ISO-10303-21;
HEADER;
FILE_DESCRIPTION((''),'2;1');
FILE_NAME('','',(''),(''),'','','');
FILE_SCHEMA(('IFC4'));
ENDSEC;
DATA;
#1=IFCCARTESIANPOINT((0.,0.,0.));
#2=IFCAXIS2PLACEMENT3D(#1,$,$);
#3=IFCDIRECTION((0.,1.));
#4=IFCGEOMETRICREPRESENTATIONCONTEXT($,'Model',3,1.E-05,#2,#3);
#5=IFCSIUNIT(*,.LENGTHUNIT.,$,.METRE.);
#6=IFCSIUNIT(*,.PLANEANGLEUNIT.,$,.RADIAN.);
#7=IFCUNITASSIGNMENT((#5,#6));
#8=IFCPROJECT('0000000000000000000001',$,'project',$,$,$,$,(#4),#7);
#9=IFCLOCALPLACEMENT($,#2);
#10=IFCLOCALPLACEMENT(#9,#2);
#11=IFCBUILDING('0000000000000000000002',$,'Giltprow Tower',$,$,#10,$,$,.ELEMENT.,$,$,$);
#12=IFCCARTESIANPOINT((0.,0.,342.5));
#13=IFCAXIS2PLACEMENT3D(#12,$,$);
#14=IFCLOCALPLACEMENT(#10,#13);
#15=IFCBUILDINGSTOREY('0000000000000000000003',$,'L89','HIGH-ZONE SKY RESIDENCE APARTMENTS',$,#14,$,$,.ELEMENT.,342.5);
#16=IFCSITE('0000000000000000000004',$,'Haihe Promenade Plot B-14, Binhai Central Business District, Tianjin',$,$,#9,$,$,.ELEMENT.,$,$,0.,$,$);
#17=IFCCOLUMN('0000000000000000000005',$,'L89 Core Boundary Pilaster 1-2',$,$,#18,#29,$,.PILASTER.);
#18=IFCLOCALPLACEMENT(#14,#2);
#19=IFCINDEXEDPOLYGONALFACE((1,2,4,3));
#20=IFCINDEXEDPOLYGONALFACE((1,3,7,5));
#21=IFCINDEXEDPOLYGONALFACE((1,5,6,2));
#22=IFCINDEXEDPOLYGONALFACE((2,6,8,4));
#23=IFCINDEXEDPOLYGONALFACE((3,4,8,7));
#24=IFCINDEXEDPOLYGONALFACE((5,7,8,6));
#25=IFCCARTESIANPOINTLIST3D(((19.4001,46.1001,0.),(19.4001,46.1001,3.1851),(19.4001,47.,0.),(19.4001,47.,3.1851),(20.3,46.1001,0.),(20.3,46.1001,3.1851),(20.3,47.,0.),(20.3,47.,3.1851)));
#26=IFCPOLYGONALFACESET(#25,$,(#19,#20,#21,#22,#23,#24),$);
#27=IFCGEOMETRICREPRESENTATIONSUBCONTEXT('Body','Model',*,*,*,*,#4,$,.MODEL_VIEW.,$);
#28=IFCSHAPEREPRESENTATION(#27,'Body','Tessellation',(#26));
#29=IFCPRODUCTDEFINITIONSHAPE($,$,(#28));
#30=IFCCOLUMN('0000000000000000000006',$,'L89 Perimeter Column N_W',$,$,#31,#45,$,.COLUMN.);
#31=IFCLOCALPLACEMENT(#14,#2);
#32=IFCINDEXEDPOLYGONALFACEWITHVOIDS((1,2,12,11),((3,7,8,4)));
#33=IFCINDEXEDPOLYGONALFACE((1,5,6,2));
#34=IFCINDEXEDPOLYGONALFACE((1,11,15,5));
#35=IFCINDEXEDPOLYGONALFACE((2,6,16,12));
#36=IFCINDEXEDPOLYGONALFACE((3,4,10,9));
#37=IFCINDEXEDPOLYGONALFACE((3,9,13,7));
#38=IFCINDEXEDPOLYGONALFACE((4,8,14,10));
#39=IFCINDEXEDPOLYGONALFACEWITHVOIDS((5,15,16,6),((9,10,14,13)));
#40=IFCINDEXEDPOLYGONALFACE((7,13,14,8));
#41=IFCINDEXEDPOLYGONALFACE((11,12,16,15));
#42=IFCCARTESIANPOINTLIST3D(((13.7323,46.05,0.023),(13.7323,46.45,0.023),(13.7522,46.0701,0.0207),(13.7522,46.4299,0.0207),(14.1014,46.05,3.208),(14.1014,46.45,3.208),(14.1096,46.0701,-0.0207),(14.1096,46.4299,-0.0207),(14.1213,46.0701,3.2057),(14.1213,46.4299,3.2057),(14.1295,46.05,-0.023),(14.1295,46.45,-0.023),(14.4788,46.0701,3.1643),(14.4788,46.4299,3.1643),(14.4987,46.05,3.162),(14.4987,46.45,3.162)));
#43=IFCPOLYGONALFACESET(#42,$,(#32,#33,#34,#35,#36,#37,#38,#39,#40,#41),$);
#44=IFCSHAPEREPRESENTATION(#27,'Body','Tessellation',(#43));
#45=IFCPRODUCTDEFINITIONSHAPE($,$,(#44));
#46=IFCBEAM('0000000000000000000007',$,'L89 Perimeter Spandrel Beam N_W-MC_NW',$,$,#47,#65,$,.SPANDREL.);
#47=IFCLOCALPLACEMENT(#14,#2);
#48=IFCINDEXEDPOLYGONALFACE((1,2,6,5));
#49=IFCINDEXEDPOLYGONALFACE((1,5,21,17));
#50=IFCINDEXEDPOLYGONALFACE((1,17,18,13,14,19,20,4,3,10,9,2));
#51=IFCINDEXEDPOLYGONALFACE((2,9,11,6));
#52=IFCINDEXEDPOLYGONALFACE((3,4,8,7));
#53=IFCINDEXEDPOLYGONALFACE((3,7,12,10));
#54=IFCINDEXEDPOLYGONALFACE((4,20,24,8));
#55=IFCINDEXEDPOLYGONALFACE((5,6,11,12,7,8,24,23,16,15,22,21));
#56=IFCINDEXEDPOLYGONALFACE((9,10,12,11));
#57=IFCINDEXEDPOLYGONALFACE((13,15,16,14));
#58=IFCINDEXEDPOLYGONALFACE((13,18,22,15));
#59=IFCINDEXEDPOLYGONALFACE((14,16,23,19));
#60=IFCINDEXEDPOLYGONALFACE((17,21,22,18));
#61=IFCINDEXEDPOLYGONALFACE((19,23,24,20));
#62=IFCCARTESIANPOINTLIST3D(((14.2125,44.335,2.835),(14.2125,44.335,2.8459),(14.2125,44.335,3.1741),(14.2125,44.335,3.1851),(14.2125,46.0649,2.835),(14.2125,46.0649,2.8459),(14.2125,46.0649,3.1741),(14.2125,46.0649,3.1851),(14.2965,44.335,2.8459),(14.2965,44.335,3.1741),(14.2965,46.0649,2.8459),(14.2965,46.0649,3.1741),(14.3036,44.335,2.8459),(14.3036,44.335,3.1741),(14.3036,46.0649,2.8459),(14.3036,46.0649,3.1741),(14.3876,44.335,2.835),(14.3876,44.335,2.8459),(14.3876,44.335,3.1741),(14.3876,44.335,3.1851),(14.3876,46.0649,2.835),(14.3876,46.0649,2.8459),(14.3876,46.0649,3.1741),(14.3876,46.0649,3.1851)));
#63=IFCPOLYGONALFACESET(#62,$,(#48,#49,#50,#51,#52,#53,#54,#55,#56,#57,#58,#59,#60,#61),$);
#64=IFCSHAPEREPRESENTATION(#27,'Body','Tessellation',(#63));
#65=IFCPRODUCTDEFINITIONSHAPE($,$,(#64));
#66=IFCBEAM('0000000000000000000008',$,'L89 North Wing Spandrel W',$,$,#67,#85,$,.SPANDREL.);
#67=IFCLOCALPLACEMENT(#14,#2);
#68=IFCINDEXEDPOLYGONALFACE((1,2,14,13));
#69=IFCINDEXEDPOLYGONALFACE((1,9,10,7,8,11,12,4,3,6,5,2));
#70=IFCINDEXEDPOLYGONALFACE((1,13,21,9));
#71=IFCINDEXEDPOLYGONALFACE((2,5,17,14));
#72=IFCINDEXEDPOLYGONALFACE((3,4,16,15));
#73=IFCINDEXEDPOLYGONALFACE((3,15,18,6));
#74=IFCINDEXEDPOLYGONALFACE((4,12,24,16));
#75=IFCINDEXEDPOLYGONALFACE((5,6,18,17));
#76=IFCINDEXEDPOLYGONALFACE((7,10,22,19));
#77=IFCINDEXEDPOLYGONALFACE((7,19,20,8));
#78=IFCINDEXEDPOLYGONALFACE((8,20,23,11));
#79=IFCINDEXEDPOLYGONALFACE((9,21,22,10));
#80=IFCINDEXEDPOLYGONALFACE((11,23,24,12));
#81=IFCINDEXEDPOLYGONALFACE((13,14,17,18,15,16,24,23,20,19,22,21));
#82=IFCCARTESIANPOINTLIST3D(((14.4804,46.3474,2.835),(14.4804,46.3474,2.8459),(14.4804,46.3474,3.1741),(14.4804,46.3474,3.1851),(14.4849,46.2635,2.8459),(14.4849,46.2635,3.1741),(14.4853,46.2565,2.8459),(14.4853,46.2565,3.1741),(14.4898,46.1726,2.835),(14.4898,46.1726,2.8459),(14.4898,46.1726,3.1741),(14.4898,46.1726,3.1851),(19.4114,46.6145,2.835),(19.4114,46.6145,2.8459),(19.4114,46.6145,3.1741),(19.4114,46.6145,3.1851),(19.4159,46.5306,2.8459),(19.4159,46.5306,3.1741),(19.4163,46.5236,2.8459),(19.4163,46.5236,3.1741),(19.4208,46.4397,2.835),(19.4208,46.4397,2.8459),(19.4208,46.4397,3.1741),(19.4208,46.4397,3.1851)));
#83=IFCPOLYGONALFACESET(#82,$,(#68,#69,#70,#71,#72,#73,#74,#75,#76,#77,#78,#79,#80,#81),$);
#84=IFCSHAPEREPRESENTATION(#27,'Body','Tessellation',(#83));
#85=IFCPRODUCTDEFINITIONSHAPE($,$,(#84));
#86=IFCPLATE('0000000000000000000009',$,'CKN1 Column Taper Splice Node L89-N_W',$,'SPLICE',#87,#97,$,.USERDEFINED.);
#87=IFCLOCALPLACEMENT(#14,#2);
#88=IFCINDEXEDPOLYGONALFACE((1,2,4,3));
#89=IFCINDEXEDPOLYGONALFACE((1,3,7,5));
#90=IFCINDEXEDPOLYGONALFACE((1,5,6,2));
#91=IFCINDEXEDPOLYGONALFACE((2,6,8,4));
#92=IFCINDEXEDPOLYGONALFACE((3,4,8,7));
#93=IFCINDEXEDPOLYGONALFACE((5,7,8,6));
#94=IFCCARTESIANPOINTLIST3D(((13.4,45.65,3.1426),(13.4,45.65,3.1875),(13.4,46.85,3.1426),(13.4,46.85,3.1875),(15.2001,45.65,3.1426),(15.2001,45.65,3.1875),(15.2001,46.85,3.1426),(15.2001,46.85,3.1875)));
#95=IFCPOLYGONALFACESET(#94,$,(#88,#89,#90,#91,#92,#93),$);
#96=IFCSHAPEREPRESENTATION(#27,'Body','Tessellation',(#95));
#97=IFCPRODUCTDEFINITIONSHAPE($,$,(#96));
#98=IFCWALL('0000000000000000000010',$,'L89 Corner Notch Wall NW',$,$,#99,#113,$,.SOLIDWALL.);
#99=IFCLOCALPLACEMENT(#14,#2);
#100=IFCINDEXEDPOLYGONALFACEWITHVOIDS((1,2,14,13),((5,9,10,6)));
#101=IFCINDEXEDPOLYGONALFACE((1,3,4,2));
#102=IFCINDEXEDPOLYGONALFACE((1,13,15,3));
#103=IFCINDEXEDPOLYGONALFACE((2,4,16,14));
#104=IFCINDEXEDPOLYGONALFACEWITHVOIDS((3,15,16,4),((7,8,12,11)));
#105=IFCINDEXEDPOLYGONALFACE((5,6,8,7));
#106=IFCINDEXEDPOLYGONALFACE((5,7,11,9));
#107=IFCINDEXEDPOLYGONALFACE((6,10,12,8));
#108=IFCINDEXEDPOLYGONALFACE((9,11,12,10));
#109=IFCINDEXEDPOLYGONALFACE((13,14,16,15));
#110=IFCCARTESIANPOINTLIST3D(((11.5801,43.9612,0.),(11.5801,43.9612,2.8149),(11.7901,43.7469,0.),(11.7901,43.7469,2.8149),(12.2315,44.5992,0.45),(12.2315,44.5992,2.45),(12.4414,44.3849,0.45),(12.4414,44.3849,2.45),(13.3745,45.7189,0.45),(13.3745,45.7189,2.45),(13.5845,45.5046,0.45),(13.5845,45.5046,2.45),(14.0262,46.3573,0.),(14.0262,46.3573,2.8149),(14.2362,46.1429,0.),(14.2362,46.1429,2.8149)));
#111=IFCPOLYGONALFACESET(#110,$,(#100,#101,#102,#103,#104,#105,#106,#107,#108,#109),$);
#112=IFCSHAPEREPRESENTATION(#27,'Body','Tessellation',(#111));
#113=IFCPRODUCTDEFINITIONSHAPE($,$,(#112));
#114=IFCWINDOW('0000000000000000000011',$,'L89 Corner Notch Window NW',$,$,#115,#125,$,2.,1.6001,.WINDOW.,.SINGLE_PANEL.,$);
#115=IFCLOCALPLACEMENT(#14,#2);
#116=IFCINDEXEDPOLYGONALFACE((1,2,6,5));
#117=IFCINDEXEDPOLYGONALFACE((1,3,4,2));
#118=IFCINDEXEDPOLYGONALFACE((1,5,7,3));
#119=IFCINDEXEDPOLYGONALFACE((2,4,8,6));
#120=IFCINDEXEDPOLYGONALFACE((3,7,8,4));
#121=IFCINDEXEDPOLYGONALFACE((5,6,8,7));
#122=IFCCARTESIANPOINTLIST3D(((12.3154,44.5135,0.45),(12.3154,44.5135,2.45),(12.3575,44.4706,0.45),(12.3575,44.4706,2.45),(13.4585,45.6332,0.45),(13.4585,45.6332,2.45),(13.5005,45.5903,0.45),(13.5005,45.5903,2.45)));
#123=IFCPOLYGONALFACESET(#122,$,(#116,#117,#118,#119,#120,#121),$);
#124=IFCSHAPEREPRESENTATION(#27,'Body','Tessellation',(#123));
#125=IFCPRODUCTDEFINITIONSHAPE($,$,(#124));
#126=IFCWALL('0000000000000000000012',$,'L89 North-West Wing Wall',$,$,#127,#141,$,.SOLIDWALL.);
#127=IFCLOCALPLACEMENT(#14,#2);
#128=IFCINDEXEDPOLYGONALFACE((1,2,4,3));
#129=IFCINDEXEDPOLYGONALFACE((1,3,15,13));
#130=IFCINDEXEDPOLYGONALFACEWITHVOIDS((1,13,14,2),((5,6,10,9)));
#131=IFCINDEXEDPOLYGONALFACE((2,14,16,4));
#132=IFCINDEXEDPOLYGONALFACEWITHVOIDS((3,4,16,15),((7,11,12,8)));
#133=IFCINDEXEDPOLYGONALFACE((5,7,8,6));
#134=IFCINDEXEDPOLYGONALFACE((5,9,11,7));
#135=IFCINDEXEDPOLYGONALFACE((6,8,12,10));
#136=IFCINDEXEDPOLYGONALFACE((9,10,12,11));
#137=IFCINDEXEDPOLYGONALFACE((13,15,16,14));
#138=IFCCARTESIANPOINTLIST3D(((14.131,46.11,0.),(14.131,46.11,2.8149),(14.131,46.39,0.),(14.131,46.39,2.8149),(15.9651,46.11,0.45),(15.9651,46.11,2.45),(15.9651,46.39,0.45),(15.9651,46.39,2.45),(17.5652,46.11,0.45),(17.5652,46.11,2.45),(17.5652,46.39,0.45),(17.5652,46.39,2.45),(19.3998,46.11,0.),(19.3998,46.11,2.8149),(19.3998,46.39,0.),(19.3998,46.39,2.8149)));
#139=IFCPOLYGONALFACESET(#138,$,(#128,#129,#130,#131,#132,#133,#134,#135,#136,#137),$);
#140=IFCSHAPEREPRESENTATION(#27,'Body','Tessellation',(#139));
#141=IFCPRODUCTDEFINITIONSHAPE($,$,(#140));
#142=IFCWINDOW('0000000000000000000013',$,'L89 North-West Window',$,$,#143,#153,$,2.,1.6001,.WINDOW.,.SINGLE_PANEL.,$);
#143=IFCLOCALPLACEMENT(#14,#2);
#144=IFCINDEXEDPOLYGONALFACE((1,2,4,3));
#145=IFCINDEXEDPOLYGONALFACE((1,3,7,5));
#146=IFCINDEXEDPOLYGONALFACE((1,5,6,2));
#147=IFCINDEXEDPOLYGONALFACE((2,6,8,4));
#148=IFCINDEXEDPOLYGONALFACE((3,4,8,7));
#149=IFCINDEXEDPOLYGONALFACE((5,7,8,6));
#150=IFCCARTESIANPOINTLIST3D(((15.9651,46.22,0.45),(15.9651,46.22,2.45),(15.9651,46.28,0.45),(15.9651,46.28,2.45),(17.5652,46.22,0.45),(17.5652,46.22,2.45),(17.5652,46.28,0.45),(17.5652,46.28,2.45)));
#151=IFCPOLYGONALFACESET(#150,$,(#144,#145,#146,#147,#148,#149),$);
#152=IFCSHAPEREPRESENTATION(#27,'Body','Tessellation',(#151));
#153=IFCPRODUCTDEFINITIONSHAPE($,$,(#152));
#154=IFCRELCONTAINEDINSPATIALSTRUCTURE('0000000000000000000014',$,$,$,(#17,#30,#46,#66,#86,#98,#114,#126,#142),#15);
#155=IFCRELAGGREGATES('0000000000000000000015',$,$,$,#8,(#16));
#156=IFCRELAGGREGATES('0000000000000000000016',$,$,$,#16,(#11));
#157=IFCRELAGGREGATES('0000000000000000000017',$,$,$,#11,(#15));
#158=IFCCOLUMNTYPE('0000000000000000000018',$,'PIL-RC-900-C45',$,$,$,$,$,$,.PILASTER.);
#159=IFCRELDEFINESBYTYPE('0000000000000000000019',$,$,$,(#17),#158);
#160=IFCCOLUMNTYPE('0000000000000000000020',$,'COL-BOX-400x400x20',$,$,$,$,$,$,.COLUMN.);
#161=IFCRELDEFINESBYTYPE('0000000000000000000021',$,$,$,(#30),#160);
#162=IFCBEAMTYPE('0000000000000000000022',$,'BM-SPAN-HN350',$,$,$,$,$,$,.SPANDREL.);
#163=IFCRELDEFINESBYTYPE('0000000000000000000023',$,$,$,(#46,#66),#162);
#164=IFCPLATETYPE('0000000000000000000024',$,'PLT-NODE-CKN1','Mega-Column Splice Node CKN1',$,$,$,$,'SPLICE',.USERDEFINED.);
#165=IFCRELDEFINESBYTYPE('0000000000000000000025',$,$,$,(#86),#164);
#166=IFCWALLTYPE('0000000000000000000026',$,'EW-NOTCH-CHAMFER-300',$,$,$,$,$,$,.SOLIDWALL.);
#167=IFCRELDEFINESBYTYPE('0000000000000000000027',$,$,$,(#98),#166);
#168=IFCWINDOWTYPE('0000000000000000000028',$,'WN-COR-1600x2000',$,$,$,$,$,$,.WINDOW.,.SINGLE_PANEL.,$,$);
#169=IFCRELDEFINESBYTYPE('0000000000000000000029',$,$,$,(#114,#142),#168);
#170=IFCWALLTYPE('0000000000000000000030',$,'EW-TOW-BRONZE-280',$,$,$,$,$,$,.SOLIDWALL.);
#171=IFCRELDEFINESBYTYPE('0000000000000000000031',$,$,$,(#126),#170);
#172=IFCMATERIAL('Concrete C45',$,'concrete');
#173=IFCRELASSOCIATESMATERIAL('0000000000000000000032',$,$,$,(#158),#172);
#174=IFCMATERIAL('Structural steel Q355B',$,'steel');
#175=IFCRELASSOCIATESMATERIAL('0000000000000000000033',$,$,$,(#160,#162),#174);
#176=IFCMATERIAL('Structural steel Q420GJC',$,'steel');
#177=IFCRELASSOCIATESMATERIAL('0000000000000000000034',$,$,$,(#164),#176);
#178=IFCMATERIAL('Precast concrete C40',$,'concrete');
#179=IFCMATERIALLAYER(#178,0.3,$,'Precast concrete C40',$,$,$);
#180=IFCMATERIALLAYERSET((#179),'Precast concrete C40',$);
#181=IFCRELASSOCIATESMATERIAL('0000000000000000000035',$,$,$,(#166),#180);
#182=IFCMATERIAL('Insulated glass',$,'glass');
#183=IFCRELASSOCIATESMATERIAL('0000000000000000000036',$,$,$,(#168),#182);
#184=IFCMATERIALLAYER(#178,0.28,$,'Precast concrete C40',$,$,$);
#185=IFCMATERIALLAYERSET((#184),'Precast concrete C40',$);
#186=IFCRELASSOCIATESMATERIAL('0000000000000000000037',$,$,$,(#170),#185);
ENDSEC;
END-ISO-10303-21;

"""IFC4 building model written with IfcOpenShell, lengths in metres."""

from ifc_helpers import new_model, si_unit, direction, frame, frame_2d, origin, origin_2d, place, context, subcontext, project, spatial, rectangle, hollow_rectangle, i_section, extrude, source, transform, mapped, material, layer, layer_set, material_profile, profile_set, type_object, element, fill, save


model = new_model("IFC4")

# Units and contexts
model_context = context("Model", 3, precision=1e-05, world=origin(), true_north=direction((0.0, 1.0)))
body_context = subcontext(model_context, "Body", "Model", "MODEL_VIEW")
ifc_project = project(units=[si_unit("LENGTHUNIT", "METRE"), si_unit("PLANEANGLEUNIT", "RADIAN")], contexts=[model_context])

# Site, building, storey
site_placement = place(None, origin())
site = spatial("IfcSite", under=ifc_project, at=site_placement, Name="Haihe Promenade Plot B-14, Binhai Central Business District, Tianjin", CompositionType="ELEMENT", RefElevation=0.0)
building_placement = place(site_placement, origin())
building = spatial("IfcBuilding", under=site, at=building_placement, Name="Giltprow Tower", CompositionType="ELEMENT")
storey_placement = place(building_placement, frame((0.0, 0.0, 342.5)))
storey = spatial("IfcBuildingStorey", under=building, at=storey_placement, Name="L89", Description="HIGH-ZONE SKY RESIDENCE APARTMENTS", CompositionType="ELEMENT", Elevation=342.5)

# Columns
ifc_material_1 = material(Name="Concrete C45", Category="concrete")
ifc_material_profile_1 = material_profile(ifc_material_1, rectangle(XDim=0.8999, YDim=0.8999, at=origin_2d()), Name="RC 900x900")
ifc_profile_set_1 = profile_set([ifc_material_profile_1], Name="Concrete C45")
column_type_1 = type_object("IfcColumnType", Name="PIL-RC-900-C45", PredefinedType="PILASTER", material=ifc_profile_set_1)
shared_shape_1 = source(origin(), body_context, "Body", "SweptSolid", [
    extrude(rectangle(XDim=0.8999, YDim=0.8999, at=origin_2d()), origin(), (0.0, 0.0, 1.0), 3.1851),
])
column_1_placement = place(storey_placement, frame((19.8501, 46.55, 0.0), z_axis=(0.0, 0.0, 1.0), x_axis=(1.0, 0.0, 0.0)))
element("IfcColumn", 1, at=column_1_placement, inside=storey, type_object=column_type_1, Name="L89 Core Boundary Pilaster 1-2", PredefinedType="PILASTER", context=body_context, shape_type="MappedRepresentation", body=[
    mapped(shared_shape_1, transform((0.0, 0.0, 0.0), x_axis=(1.0, 0.0, 0.0), y_axis=(0.0, 1.0, 0.0), z_axis=(0.0, 0.0, 1.0), scale=1.0)),
])
ifc_material_2 = material(Name="Structural steel Q355B", Category="steel")
ifc_material_profile_2 = material_profile(ifc_material_2, hollow_rectangle(XDim=0.3999, YDim=0.3999, WallThickness=0.02, at=origin_2d()), Name="BOX 400x400x20")
ifc_profile_set_2 = profile_set([ifc_material_profile_2], Name="Structural steel Q355B")
column_type_2 = type_object("IfcColumnType", Name="COL-BOX-400x400x20", PredefinedType="COLUMN", material=ifc_profile_set_2)
shared_shape_2 = source(origin(), body_context, "Body", "SweptSolid", [
    extrude(hollow_rectangle(XDim=0.3999, YDim=0.3999, WallThickness=0.02, at=origin_2d()), origin(), (0.0, 0.0, 1.0), 3.2063),
])
column_2_placement = place(storey_placement, frame((13.9309, 46.25, 0.0), z_axis=(0.115127, 0.0, 0.993351), x_axis=(0.0, 1.0, 0.0)))
element("IfcColumn", 2, at=column_2_placement, inside=storey, type_object=column_type_2, Name="L89 Perimeter Column N_W", PredefinedType="COLUMN", context=body_context, shape_type="MappedRepresentation", body=[
    mapped(shared_shape_2, transform((0.0, 0.0, 0.0), x_axis=(1.0, 0.0, 0.0), y_axis=(0.0, 1.0, 0.0), z_axis=(0.0, 0.0, 1.0), scale=1.0)),
])

# Beams
ifc_material_profile_3 = material_profile(ifc_material_2, i_section(OverallWidth=0.175, OverallDepth=0.3501, WebThickness=0.0071, FlangeThickness=0.011, at=origin_2d()), Name="HN 350x175x7x11")
ifc_profile_set_3 = profile_set([ifc_material_profile_3], Name="Structural steel Q355B")
beam_type = type_object("IfcBeamType", Name="BM-SPAN-HN350", PredefinedType="SPANDREL", material=ifc_profile_set_3)
shared_shape_3 = source(origin(), body_context, "Body", "SweptSolid", [
    extrude(i_section(OverallWidth=0.175, OverallDepth=0.3501, WebThickness=0.0071, FlangeThickness=0.011, at=origin_2d()), origin(), (0.0, 0.0, 1.0), 1.73),
])
beam_1_placement = place(storey_placement, frame((14.3, 46.0649, 3.01), z_axis=(0.0, -1.0, 0.0), x_axis=(1.0, 0.0, 0.0)))
element("IfcBeam", 3, at=beam_1_placement, inside=storey, type_object=beam_type, Name="L89 Perimeter Spandrel Beam N_W-MC_NW", PredefinedType="SPANDREL", context=body_context, shape_type="MappedRepresentation", body=[
    mapped(shared_shape_3, transform((0.0, 0.0, 0.0), x_axis=(1.0, 0.0, 0.0), y_axis=(0.0, 1.0, 0.0), z_axis=(0.0, 0.0, 1.0), scale=1.0)),
])
shared_shape_4 = source(origin(), body_context, "Body", "SweptSolid", [
    extrude(i_section(OverallWidth=0.175, OverallDepth=0.3501, WebThickness=0.0071, FlangeThickness=0.011, at=origin_2d()), origin(), (0.0, 0.0, 1.0), 4.9382),
])
beam_2_placement = place(storey_placement, frame((14.4851, 46.26, 3.01), z_axis=(0.998536, 0.054087, 0.0), x_axis=(-0.054087, 0.998536, 0.0)))
element("IfcBeam", 4, at=beam_2_placement, inside=storey, type_object=beam_type, Name="L89 North Wing Spandrel W", PredefinedType="SPANDREL", context=body_context, shape_type="MappedRepresentation", body=[
    mapped(shared_shape_4, transform((0.0, 0.0, 0.0), x_axis=(1.0, 0.0, 0.0), y_axis=(0.0, 1.0, 0.0), z_axis=(0.0, 0.0, 1.0), scale=1.0)),
])

# Plate
ifc_material_3 = material(Name="Structural steel Q420GJC", Category="steel")
plate_type = type_object("IfcPlateType", Name="PLT-NODE-CKN1", Description="Mega-Column Splice Node CKN1", ElementType="SPLICE", PredefinedType="USERDEFINED", material=ifc_material_3)
shared_shape_5 = source(origin(), body_context, "Body", "SweptSolid", [
    extrude(rectangle(XDim=1.8, YDim=1.2, at=origin_2d()), origin(), (0.0, 0.0, 1.0), 0.0449),
])
plate_placement = place(storey_placement, frame((14.3, 46.25, 3.1426), z_axis=(0.0, 0.0, 1.0), x_axis=(1.0, 0.0, 0.0)))
element("IfcPlate", 5, at=plate_placement, inside=storey, type_object=plate_type, Name="CKN1 Column Taper Splice Node L89-N_W", ObjectType="SPLICE", PredefinedType="USERDEFINED", context=body_context, shape_type="MappedRepresentation", body=[
    mapped(shared_shape_5, transform((0.0, 0.0, 0.0), x_axis=(1.0, 0.0, 0.0), y_axis=(0.0, 1.0, 0.0), z_axis=(0.0, 0.0, 1.0), scale=1.0)),
])

# Walls, openings, windows
ifc_material_4 = material(Name="Precast concrete C40", Category="concrete")
ifc_layer_1 = layer(ifc_material_4, 0.3, Name="Precast concrete C40")
ifc_layer_set_1 = layer_set([ifc_layer_1], Name="Precast concrete C40")
wall_type_1 = type_object("IfcWallType", Name="EW-NOTCH-CHAMFER-300", PredefinedType="SOLIDWALL", material=ifc_layer_set_1)
wall_1_placement = place(storey_placement, frame((14.1311, 46.25, 0.0), z_axis=(0.0, 0.0, 1.0), x_axis=(-0.714377, -0.699761, 0.0)))
wall_1 = element("IfcWall", 6, at=wall_1_placement, inside=storey, type_object=wall_type_1, Name="L89 Corner Notch Wall NW", PredefinedType="SOLIDWALL", context=body_context, shape_type="SweptSolid", body=[
    extrude(rectangle(XDim=3.4241, YDim=0.3, at=frame_2d((1.7119, 0.0))), origin(), (0.0, 0.0, 1.0), 2.8149),
])
opening_1_placement = place(wall_1_placement, frame((0.9121, 0.0, 0.45)))
opening_1 = element("IfcOpeningElement", 7, at=opening_1_placement, cuts=wall_1, PredefinedType="OPENING", context=body_context, shape_type="SweptSolid", body=[
    extrude(rectangle(XDim=1.6001, YDim=2.0, at=frame_2d((0.8, 1.0))), frame((0.0, 0.1599, 0.0), z_axis=(0.0, -1.0, 0.0), x_axis=(1.0, 0.0, 0.0)), (0.0, 0.0, 1.0), 0.3201),
])
ifc_material_5 = material(Name="Insulated glass", Category="glass")
window_type = type_object("IfcWindowType", Name="WN-COR-1600x2000", PartitioningType="SINGLE_PANEL", PredefinedType="WINDOW", material=ifc_material_5)
shared_shape_6 = source(origin(), body_context, "Body", "SweptSolid", [
    extrude(rectangle(XDim=1.6001, YDim=2.0, at=frame_2d((0.8, 1.0))), frame((0.0, 0.03, 0.0), z_axis=(0.0, -1.0, 0.0), x_axis=(1.0, 0.0, 0.0)), (0.0, 0.0, 1.0), 0.0601),
])
window_1_placement = place(opening_1_placement, origin())
window_1 = element("IfcWindow", 8, at=window_1_placement, inside=storey, type_object=window_type, Name="L89 Corner Notch Window NW", OverallHeight=2.0, OverallWidth=1.6001, PartitioningType="SINGLE_PANEL", PredefinedType="WINDOW", context=body_context, shape_type="MappedRepresentation", body=[
    mapped(shared_shape_6, transform((0.0, 0.0, 0.0), x_axis=(1.0, 0.0, 0.0), y_axis=(0.0, 1.0, 0.0), z_axis=(0.0, 0.0, 1.0), scale=1.0)),
])
fill(opening_1, window_1)
ifc_layer_2 = layer(ifc_material_4, 0.28, Name="Precast concrete C40")
ifc_layer_set_2 = layer_set([ifc_layer_2], Name="Precast concrete C40")
wall_type_2 = type_object("IfcWallType", Name="EW-TOW-BRONZE-280", PredefinedType="SOLIDWALL", material=ifc_layer_set_2)
wall_2_placement = place(storey_placement, frame((14.1311, 46.25, 0.0), z_axis=(0.0, 0.0, 1.0), x_axis=(1.0, 0.0, 0.0)))
wall_2 = element("IfcWall", 9, at=wall_2_placement, inside=storey, type_object=wall_type_2, Name="L89 North-West Wing Wall", PredefinedType="SOLIDWALL", context=body_context, shape_type="SweptSolid", body=[
    extrude(rectangle(XDim=5.2688, YDim=0.28, at=frame_2d((2.6343, 0.0))), origin(), (0.0, 0.0, 1.0), 2.8149),
])
opening_2_placement = place(wall_2_placement, frame((1.834, 0.0, 0.45)))
opening_2 = element("IfcOpeningElement", 10, at=opening_2_placement, cuts=wall_2, PredefinedType="OPENING", context=body_context, shape_type="SweptSolid", body=[
    extrude(rectangle(XDim=1.6001, YDim=2.0, at=frame_2d((0.8, 1.0))), frame((0.0, 0.1499, 0.0), z_axis=(0.0, -1.0, 0.0), x_axis=(1.0, 0.0, 0.0)), (0.0, 0.0, 1.0), 0.3),
])
window_2_placement = place(opening_2_placement, origin())
window_2 = element("IfcWindow", 11, at=window_2_placement, inside=storey, type_object=window_type, Name="L89 North-West Window", OverallHeight=2.0, OverallWidth=1.6001, PartitioningType="SINGLE_PANEL", PredefinedType="WINDOW", context=body_context, shape_type="MappedRepresentation", body=[
    mapped(shared_shape_6, transform((0.0, 0.0, 0.0), x_axis=(1.0, 0.0, 0.0), y_axis=(0.0, 1.0, 0.0), z_axis=(0.0, 0.0, 1.0), scale=1.0)),
])
fill(opening_2, window_2)

save(model, "model.ifc")
